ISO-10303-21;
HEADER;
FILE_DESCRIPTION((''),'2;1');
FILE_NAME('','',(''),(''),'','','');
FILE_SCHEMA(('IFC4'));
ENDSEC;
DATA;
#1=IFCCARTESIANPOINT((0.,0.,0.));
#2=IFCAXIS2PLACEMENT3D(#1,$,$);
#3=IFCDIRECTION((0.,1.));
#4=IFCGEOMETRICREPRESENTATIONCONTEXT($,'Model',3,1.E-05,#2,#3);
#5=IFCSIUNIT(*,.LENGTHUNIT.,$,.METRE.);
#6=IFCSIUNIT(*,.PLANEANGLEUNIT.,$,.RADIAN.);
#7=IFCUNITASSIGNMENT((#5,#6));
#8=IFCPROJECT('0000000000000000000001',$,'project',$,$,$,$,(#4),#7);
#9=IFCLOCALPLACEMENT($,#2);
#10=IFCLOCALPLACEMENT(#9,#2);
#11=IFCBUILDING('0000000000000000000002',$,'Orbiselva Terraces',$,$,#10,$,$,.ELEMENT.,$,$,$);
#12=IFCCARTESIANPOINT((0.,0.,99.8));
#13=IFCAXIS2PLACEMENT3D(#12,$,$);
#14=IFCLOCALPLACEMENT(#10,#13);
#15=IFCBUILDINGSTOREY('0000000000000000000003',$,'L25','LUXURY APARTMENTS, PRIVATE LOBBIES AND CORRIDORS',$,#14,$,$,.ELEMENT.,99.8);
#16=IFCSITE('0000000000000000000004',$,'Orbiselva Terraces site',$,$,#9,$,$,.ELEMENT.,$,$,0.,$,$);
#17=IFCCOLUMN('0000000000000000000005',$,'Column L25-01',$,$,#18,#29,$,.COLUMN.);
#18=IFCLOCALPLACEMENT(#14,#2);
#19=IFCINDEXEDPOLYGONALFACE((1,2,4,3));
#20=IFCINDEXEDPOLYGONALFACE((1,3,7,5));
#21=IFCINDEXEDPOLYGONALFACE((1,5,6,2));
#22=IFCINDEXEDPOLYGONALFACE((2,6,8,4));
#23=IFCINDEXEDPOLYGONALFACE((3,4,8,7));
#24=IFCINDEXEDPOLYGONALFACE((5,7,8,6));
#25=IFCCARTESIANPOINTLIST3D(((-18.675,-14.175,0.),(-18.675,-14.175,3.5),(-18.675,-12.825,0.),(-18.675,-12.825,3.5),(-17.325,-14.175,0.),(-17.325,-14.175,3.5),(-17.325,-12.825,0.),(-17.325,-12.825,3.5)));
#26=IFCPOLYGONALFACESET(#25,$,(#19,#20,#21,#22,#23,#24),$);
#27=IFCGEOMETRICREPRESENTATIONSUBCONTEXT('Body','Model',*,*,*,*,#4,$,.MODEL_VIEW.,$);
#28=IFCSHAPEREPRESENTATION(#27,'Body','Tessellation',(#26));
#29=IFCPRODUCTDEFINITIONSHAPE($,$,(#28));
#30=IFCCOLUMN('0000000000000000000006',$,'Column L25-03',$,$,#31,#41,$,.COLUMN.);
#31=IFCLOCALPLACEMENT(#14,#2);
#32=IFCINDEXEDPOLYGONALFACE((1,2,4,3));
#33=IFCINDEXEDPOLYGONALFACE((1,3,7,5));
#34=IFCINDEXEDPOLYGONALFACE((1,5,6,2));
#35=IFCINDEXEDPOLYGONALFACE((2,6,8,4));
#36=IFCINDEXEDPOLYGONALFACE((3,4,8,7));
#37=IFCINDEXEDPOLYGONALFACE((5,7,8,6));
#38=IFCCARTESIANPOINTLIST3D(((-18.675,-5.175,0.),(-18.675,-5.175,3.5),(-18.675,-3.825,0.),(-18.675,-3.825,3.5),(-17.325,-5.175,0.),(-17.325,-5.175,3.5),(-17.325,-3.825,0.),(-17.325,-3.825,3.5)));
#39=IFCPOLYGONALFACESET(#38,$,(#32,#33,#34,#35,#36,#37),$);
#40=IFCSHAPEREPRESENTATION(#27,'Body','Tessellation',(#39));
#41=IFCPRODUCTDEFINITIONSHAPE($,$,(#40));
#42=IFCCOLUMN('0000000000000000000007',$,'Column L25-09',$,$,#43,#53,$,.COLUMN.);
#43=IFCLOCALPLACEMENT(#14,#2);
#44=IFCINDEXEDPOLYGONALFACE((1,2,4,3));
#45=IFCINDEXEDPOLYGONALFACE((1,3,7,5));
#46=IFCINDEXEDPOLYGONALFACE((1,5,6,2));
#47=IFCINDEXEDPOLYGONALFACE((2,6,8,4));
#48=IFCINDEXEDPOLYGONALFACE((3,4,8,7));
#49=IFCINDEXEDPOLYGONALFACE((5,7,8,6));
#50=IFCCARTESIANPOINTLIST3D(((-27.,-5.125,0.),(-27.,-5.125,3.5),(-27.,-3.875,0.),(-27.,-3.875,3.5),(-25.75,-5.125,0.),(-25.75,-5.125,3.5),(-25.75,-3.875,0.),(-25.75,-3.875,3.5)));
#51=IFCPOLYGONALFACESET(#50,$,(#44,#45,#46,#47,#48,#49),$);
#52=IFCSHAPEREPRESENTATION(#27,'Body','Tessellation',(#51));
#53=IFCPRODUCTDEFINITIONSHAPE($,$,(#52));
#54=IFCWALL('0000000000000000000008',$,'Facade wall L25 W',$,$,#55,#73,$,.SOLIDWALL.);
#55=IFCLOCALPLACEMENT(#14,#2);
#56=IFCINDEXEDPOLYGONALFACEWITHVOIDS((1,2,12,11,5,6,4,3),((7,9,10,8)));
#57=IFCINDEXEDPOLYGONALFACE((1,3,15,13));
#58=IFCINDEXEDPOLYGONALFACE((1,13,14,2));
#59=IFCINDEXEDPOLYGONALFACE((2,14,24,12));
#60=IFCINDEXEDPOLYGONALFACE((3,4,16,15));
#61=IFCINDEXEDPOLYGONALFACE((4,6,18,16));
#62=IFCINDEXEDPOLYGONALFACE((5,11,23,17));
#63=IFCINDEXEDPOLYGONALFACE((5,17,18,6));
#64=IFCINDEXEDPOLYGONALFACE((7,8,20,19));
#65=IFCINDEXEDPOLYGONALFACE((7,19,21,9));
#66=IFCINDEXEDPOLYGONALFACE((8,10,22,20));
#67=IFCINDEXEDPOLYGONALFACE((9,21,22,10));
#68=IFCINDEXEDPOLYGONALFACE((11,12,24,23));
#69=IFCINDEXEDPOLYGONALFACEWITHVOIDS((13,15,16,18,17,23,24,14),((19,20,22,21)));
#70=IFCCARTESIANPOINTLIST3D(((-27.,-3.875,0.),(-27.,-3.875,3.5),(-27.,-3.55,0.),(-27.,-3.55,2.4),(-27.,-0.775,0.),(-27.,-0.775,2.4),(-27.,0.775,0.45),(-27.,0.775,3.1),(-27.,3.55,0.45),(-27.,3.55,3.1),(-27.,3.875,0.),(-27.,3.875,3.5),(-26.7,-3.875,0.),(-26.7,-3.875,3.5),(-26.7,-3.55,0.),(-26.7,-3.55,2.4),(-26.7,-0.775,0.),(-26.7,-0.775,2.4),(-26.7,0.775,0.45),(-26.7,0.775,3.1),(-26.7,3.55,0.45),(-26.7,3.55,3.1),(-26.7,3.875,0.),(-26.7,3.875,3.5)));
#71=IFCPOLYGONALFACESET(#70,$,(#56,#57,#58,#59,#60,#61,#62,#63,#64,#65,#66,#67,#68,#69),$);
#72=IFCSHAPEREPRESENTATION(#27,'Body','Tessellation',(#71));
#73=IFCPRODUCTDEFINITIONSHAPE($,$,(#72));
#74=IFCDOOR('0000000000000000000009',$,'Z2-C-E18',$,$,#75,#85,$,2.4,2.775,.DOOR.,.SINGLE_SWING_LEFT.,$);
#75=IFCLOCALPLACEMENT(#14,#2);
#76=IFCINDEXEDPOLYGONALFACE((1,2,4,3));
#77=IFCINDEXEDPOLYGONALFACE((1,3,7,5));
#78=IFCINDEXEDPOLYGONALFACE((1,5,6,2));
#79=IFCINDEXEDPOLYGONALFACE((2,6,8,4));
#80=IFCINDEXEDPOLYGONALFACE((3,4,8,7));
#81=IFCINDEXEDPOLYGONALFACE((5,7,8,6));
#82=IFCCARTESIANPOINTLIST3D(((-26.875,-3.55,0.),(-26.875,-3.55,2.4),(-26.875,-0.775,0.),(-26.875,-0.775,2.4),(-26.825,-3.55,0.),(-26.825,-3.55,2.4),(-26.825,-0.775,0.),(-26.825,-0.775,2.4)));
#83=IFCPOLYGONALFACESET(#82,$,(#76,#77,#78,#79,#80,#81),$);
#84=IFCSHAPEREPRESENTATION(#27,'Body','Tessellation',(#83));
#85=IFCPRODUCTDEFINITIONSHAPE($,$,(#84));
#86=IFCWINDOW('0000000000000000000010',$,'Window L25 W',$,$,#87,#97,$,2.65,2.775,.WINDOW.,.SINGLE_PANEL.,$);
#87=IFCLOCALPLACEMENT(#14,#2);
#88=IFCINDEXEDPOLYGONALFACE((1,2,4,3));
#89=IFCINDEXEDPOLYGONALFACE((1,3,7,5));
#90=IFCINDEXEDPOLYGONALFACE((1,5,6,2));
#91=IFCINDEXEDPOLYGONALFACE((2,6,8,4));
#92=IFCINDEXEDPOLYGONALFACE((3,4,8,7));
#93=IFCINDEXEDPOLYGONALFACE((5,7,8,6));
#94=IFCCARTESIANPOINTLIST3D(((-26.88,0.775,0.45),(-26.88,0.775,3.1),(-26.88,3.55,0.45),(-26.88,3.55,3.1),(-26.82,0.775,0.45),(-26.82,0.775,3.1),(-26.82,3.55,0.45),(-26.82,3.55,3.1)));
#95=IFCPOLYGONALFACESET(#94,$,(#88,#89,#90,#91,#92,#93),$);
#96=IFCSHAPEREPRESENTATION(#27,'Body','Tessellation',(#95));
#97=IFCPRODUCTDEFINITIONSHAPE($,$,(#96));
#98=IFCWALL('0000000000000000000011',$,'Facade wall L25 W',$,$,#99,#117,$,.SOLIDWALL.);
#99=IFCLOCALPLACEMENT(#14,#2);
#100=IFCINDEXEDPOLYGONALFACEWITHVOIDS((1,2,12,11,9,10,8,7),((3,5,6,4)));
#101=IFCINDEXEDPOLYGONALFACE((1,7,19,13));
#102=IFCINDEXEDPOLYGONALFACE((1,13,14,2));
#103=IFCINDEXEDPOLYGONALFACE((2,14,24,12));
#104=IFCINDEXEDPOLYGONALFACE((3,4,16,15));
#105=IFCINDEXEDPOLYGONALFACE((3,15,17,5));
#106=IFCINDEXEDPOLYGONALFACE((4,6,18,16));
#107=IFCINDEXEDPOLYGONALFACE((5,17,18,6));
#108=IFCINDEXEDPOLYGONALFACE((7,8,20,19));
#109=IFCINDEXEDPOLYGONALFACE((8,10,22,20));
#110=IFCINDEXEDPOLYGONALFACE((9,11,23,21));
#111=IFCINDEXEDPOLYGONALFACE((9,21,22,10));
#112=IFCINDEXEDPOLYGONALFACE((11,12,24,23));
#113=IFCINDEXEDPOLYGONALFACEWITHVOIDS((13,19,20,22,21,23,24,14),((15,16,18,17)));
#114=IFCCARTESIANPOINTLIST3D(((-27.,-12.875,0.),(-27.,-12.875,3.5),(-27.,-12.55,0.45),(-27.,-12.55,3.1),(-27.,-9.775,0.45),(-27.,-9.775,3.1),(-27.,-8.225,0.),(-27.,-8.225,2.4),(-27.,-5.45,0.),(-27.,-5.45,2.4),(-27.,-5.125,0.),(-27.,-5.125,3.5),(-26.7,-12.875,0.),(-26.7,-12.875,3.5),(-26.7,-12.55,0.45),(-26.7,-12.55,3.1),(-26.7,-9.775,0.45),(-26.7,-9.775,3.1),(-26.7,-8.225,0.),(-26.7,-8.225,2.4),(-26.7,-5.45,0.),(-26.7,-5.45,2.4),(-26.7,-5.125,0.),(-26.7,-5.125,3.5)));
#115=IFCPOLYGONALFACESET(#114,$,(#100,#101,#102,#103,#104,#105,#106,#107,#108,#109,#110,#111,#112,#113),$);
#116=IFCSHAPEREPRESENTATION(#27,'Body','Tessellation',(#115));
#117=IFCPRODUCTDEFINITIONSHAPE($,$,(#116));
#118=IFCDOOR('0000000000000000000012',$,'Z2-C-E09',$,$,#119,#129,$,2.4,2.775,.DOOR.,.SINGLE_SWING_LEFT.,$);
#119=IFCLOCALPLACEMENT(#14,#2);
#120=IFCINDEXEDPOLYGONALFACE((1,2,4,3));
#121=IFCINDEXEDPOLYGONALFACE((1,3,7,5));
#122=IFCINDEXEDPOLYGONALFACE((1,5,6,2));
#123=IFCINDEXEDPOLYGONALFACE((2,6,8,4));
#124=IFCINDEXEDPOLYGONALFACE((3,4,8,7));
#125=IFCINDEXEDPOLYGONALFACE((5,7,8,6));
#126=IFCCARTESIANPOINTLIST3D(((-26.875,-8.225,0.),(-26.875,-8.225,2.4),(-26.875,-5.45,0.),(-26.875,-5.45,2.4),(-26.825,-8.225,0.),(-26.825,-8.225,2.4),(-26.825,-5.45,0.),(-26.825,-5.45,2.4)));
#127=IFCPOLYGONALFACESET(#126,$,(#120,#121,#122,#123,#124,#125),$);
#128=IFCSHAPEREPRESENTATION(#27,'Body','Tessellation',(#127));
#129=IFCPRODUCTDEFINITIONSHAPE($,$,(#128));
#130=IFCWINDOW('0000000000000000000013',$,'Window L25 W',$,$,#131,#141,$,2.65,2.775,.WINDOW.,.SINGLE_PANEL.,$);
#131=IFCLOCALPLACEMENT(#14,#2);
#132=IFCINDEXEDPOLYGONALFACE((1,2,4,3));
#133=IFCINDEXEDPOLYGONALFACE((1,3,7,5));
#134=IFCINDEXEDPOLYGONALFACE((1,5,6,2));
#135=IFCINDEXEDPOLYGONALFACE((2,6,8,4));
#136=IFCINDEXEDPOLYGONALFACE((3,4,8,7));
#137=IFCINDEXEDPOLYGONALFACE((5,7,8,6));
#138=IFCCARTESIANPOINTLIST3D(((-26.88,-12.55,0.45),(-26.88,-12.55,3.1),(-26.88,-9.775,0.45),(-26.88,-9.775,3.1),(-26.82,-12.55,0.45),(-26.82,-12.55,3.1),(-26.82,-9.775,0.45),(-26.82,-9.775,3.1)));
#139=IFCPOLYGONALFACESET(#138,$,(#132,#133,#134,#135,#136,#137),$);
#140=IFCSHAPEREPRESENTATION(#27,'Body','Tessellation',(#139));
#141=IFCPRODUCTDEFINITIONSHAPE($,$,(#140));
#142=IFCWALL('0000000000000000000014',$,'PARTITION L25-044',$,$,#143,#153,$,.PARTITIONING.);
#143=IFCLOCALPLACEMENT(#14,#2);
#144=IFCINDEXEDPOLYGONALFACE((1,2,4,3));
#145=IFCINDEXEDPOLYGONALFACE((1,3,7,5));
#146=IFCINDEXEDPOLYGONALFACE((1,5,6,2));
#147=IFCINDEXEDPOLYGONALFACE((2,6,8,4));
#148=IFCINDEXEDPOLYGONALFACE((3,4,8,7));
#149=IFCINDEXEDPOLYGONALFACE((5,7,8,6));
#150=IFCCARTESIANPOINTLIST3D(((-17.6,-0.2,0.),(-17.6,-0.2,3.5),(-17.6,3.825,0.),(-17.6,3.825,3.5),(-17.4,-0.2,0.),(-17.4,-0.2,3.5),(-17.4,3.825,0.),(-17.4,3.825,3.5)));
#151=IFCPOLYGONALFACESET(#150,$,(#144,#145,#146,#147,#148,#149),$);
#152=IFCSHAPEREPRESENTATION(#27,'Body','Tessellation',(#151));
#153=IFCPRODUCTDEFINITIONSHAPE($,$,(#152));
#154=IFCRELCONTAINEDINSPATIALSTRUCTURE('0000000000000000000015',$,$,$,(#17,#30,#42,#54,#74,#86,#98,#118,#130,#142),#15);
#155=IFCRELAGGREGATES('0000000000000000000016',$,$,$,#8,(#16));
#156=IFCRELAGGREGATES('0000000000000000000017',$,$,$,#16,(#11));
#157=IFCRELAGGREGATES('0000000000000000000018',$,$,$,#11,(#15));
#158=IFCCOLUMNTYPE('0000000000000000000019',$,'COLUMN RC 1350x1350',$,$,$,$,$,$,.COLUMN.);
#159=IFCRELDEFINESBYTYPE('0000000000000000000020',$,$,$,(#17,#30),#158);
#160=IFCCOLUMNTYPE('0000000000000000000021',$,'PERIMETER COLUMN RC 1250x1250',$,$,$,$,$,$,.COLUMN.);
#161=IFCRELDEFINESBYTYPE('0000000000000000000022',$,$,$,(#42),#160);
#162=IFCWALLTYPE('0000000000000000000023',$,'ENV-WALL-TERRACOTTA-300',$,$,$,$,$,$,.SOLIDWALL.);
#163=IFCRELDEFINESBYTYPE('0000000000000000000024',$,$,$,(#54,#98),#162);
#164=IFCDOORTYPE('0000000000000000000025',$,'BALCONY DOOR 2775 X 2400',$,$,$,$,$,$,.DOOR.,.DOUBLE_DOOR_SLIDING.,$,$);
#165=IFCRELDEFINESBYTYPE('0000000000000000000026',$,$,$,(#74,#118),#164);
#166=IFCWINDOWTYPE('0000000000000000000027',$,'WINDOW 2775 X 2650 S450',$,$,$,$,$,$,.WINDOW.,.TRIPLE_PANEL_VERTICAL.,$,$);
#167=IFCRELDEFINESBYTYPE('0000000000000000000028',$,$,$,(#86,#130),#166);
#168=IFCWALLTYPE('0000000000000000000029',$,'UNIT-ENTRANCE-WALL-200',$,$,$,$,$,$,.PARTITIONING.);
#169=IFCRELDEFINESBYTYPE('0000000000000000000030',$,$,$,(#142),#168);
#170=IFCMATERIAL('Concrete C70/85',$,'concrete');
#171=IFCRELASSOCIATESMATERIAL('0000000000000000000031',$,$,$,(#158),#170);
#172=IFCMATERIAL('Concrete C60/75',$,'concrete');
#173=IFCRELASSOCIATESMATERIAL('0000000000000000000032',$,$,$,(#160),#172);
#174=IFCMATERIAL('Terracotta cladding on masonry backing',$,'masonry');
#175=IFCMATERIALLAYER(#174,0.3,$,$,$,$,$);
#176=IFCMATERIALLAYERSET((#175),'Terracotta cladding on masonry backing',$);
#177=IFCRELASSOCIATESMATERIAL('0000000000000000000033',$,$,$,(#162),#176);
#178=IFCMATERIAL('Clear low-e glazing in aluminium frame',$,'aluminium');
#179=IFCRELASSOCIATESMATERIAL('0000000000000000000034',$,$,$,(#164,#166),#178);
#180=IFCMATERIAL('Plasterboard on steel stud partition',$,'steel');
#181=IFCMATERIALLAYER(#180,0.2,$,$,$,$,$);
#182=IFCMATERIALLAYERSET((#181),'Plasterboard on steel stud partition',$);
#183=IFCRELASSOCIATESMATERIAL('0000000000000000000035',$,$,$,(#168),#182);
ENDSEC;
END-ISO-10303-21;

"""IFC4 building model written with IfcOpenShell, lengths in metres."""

from ifc_helpers import new_model, si_unit, direction, frame, frame_2d, origin, origin_2d, place, context, subcontext, project, spatial, rectangle, extrude, material, layer, layer_set, material_profile, profile_set, type_object, element, fill, save


model = new_model("IFC4")

# Units and contexts
model_context = context("Model", 3, precision=1e-05, world=origin(), true_north=direction((0.0, 1.0)))
body_context = subcontext(model_context, "Body", "Model", "MODEL_VIEW")
ifc_project = project(units=[si_unit("LENGTHUNIT", "METRE"), si_unit("PLANEANGLEUNIT", "RADIAN")], contexts=[model_context])

# Site, building, storey
site_placement = place(None, origin())
site = spatial("IfcSite", under=ifc_project, at=site_placement, Name="Orbiselva Terraces site", CompositionType="ELEMENT", RefElevation=0.0)
building_placement = place(site_placement, origin())
building = spatial("IfcBuilding", under=site, at=building_placement, Name="Orbiselva Terraces", CompositionType="ELEMENT")
storey_placement = place(building_placement, frame((0.0, 0.0, 99.8)))
storey = spatial("IfcBuildingStorey", under=building, at=storey_placement, Name="L25", Description="LUXURY APARTMENTS, PRIVATE LOBBIES AND CORRIDORS", CompositionType="ELEMENT", Elevation=99.8)

# Columns
ifc_material_1 = material(Name="Concrete C70/85", Category="concrete")
ifc_material_profile_1 = material_profile(ifc_material_1, rectangle(XDim=1.35, YDim=1.35, at=origin_2d()), Name="RC 1350x1350")
ifc_profile_set_1 = profile_set([ifc_material_profile_1], Name="Concrete C70/85")
column_type_1 = type_object("IfcColumnType", Name="COLUMN RC 1350x1350", PredefinedType="COLUMN", material=ifc_profile_set_1)
for number, where, z_axis, x_axis, name in (
    (1, (-18.0, -13.5, 0.0), (0.0, 0.0, 1.0), (1.0, 0.0, 0.0), "Column L25-01"),
    (2, (-18.0, -4.5, 0.0), (0.0, 0.0, 1.0), (1.0, 0.0, 0.0), "Column L25-03"),
):
    element("IfcColumn", number, at=place(storey_placement, frame(where, z_axis=z_axis, x_axis=x_axis)), inside=storey, type_object=column_type_1, Name=name, PredefinedType="COLUMN", context=body_context, shape_type="SweptSolid", body=[
        extrude(rectangle(XDim=1.35, YDim=1.35, at=origin_2d()), origin(), (0.0, 0.0, 1.0), 3.5),
    ])
ifc_material_2 = material(Name="Concrete C60/75", Category="concrete")
ifc_material_profile_2 = material_profile(ifc_material_2, rectangle(XDim=1.25, YDim=1.25, at=origin_2d()), Name="RC 1250x1250")
ifc_profile_set_2 = profile_set([ifc_material_profile_2], Name="Concrete C60/75")
column_type_2 = type_object("IfcColumnType", Name="PERIMETER COLUMN RC 1250x1250", PredefinedType="COLUMN", material=ifc_profile_set_2)
column_placement = place(storey_placement, frame((-26.375, -4.5, 0.0), z_axis=(0.0, 0.0, 1.0), x_axis=(1.0, 0.0, 0.0)))
element("IfcColumn", 3, at=column_placement, inside=storey, type_object=column_type_2, Name="Column L25-09", PredefinedType="COLUMN", context=body_context, shape_type="SweptSolid", body=[
    extrude(rectangle(XDim=1.25, YDim=1.25, at=origin_2d()), origin(), (0.0, 0.0, 1.0), 3.5),
])

# Walls, openings, doors, windows
ifc_material_3 = material(Name="Terracotta cladding on masonry backing", Category="masonry")
ifc_layer_1 = layer(ifc_material_3, 0.3)
ifc_layer_set_1 = layer_set([ifc_layer_1], Name="Terracotta cladding on masonry backing")
wall_type_1 = type_object("IfcWallType", Name="ENV-WALL-TERRACOTTA-300", PredefinedType="SOLIDWALL", material=ifc_layer_set_1)
wall_1_placement = place(storey_placement, frame((-26.85, -3.875, 0.0), z_axis=(0.0, 0.0, 1.0), x_axis=(0.0, 1.0, 0.0)))
wall_1 = element("IfcWall", 4, at=wall_1_placement, inside=storey, type_object=wall_type_1, Name="Facade wall L25 W", PredefinedType="SOLIDWALL", context=body_context, shape_type="SweptSolid", body=[
    extrude(rectangle(XDim=7.75, YDim=0.3, at=frame_2d((3.875, 0.0))), origin(), (0.0, 0.0, 1.0), 3.5),
])
opening_1_placement = place(wall_1_placement, frame((4.65, 0.0, 0.45)))
opening_1 = element("IfcOpeningElement", 5, at=opening_1_placement, cuts=wall_1, PredefinedType="OPENING", context=body_context, shape_type="SweptSolid", body=[
    extrude(rectangle(XDim=2.775, YDim=2.65, at=frame_2d((1.3875, 1.325))), frame((0.0, 0.16, 0.0), z_axis=(0.0, -1.0, 0.0), x_axis=(1.0, 0.0, 0.0)), (0.0, 0.0, 1.0), 0.32),
])
opening_2_placement = place(wall_1_placement, frame((0.325, 0.0, 0.0)))
opening_2 = element("IfcOpeningElement", 6, at=opening_2_placement, cuts=wall_1, PredefinedType="OPENING", context=body_context, shape_type="SweptSolid", body=[
    extrude(rectangle(XDim=2.775, YDim=2.4, at=frame_2d((1.3875, 1.2))), frame((0.0, 0.16, 0.0), z_axis=(0.0, -1.0, 0.0), x_axis=(1.0, 0.0, 0.0)), (0.0, 0.0, 1.0), 0.32),
])
ifc_material_4 = material(Name="Clear low-e glazing in aluminium frame", Category="aluminium")
door_type_1 = type_object("IfcDoorType", Name="BALCONY DOOR 2775 X 2400", OperationType="DOUBLE_DOOR_SLIDING", PredefinedType="DOOR", material=ifc_material_4)
door_1_placement = place(opening_2_placement, origin())
door_1 = element("IfcDoor", 7, at=door_1_placement, inside=storey, type_object=door_type_1, Name="Z2-C-E18", OperationType="SINGLE_SWING_LEFT", OverallHeight=2.4, OverallWidth=2.775, PredefinedType="DOOR", context=body_context, shape_type="SweptSolid", body=[
    extrude(rectangle(XDim=2.775, YDim=2.4, at=frame_2d((1.3875, 1.2))), frame((0.0, 0.025, 0.0), z_axis=(0.0, -1.0, 0.0), x_axis=(1.0, 0.0, 0.0)), (0.0, 0.0, 1.0), 0.05),
])
fill(opening_2, door_1)
window_type = type_object("IfcWindowType", Name="WINDOW 2775 X 2650 S450", PartitioningType="TRIPLE_PANEL_VERTICAL", PredefinedType="WINDOW", material=ifc_material_4)
window_1_placement = place(opening_1_placement, origin())
window_1 = element("IfcWindow", 8, at=window_1_placement, inside=storey, type_object=window_type, Name="Window L25 W", OverallHeight=2.65, OverallWidth=2.775, PartitioningType="SINGLE_PANEL", PredefinedType="WINDOW", context=body_context, shape_type="SweptSolid", body=[
    extrude(rectangle(XDim=2.775, YDim=2.65, at=frame_2d((1.3875, 1.325))), frame((0.0, 0.03, 0.0), z_axis=(0.0, -1.0, 0.0), x_axis=(1.0, 0.0, 0.0)), (0.0, 0.0, 1.0), 0.06),
])
fill(opening_1, window_1)
wall_2_placement = place(storey_placement, frame((-26.85, -12.875, 0.0), z_axis=(0.0, 0.0, 1.0), x_axis=(0.0, 1.0, 0.0)))
wall_2 = element("IfcWall", 9, at=wall_2_placement, inside=storey, type_object=wall_type_1, Name="Facade wall L25 W", PredefinedType="SOLIDWALL", context=body_context, shape_type="SweptSolid", body=[
    extrude(rectangle(XDim=7.75, YDim=0.3, at=frame_2d((3.875, 0.0))), origin(), (0.0, 0.0, 1.0), 3.5),
])
opening_3_placement = place(wall_2_placement, frame((4.65, 0.0, 0.0)))
opening_3 = element("IfcOpeningElement", 10, at=opening_3_placement, cuts=wall_2, PredefinedType="OPENING", context=body_context, shape_type="SweptSolid", body=[
    extrude(rectangle(XDim=2.775, YDim=2.4, at=frame_2d((1.3875, 1.2))), frame((0.0, 0.16, 0.0), z_axis=(0.0, -1.0, 0.0), x_axis=(1.0, 0.0, 0.0)), (0.0, 0.0, 1.0), 0.32),
])
opening_4_placement = place(wall_2_placement, frame((0.325, 0.0, 0.45)))
opening_4 = element("IfcOpeningElement", 11, at=opening_4_placement, cuts=wall_2, PredefinedType="OPENING", context=body_context, shape_type="SweptSolid", body=[
    extrude(rectangle(XDim=2.775, YDim=2.65, at=frame_2d((1.3875, 1.325))), frame((0.0, 0.16, 0.0), z_axis=(0.0, -1.0, 0.0), x_axis=(1.0, 0.0, 0.0)), (0.0, 0.0, 1.0), 0.32),
])
door_2_placement = place(opening_3_placement, origin())
door_2 = element("IfcDoor", 12, at=door_2_placement, inside=storey, type_object=door_type_1, Name="Z2-C-E09", OperationType="SINGLE_SWING_LEFT", OverallHeight=2.4, OverallWidth=2.775, PredefinedType="DOOR", context=body_context, shape_type="SweptSolid", body=[
    extrude(rectangle(XDim=2.775, YDim=2.4, at=frame_2d((1.3875, 1.2))), frame((0.0, 0.025, 0.0), z_axis=(0.0, -1.0, 0.0), x_axis=(1.0, 0.0, 0.0)), (0.0, 0.0, 1.0), 0.05),
])
fill(opening_3, door_2)
window_2_placement = place(opening_4_placement, origin())
window_2 = element("IfcWindow", 13, at=window_2_placement, inside=storey, type_object=window_type, Name="Window L25 W", OverallHeight=2.65, OverallWidth=2.775, PartitioningType="SINGLE_PANEL", PredefinedType="WINDOW", context=body_context, shape_type="SweptSolid", body=[
    extrude(rectangle(XDim=2.775, YDim=2.65, at=frame_2d((1.3875, 1.325))), frame((0.0, 0.03, 0.0), z_axis=(0.0, -1.0, 0.0), x_axis=(1.0, 0.0, 0.0)), (0.0, 0.0, 1.0), 0.06),
])
fill(opening_4, window_2)

# Wall
ifc_material_5 = material(Name="Plasterboard on steel stud partition", Category="steel")
ifc_layer_2 = layer(ifc_material_5, 0.2)
ifc_layer_set_2 = layer_set([ifc_layer_2], Name="Plasterboard on steel stud partition")
wall_type_2 = type_object("IfcWallType", Name="UNIT-ENTRANCE-WALL-200", PredefinedType="PARTITIONING", material=ifc_layer_set_2)
wall_3_placement = place(storey_placement, frame((-17.5, -0.2, 0.0), z_axis=(0.0, 0.0, 1.0), x_axis=(0.0, 1.0, 0.0)))
element("IfcWall", 14, at=wall_3_placement, inside=storey, type_object=wall_type_2, Name="PARTITION L25-044", PredefinedType="PARTITIONING", context=body_context, shape_type="SweptSolid", body=[
    extrude(rectangle(XDim=4.025, YDim=0.2, at=frame_2d((2.0125, 0.0))), origin(), (0.0, 0.0, 1.0), 3.5),
])

save(model, "model.ifc")
